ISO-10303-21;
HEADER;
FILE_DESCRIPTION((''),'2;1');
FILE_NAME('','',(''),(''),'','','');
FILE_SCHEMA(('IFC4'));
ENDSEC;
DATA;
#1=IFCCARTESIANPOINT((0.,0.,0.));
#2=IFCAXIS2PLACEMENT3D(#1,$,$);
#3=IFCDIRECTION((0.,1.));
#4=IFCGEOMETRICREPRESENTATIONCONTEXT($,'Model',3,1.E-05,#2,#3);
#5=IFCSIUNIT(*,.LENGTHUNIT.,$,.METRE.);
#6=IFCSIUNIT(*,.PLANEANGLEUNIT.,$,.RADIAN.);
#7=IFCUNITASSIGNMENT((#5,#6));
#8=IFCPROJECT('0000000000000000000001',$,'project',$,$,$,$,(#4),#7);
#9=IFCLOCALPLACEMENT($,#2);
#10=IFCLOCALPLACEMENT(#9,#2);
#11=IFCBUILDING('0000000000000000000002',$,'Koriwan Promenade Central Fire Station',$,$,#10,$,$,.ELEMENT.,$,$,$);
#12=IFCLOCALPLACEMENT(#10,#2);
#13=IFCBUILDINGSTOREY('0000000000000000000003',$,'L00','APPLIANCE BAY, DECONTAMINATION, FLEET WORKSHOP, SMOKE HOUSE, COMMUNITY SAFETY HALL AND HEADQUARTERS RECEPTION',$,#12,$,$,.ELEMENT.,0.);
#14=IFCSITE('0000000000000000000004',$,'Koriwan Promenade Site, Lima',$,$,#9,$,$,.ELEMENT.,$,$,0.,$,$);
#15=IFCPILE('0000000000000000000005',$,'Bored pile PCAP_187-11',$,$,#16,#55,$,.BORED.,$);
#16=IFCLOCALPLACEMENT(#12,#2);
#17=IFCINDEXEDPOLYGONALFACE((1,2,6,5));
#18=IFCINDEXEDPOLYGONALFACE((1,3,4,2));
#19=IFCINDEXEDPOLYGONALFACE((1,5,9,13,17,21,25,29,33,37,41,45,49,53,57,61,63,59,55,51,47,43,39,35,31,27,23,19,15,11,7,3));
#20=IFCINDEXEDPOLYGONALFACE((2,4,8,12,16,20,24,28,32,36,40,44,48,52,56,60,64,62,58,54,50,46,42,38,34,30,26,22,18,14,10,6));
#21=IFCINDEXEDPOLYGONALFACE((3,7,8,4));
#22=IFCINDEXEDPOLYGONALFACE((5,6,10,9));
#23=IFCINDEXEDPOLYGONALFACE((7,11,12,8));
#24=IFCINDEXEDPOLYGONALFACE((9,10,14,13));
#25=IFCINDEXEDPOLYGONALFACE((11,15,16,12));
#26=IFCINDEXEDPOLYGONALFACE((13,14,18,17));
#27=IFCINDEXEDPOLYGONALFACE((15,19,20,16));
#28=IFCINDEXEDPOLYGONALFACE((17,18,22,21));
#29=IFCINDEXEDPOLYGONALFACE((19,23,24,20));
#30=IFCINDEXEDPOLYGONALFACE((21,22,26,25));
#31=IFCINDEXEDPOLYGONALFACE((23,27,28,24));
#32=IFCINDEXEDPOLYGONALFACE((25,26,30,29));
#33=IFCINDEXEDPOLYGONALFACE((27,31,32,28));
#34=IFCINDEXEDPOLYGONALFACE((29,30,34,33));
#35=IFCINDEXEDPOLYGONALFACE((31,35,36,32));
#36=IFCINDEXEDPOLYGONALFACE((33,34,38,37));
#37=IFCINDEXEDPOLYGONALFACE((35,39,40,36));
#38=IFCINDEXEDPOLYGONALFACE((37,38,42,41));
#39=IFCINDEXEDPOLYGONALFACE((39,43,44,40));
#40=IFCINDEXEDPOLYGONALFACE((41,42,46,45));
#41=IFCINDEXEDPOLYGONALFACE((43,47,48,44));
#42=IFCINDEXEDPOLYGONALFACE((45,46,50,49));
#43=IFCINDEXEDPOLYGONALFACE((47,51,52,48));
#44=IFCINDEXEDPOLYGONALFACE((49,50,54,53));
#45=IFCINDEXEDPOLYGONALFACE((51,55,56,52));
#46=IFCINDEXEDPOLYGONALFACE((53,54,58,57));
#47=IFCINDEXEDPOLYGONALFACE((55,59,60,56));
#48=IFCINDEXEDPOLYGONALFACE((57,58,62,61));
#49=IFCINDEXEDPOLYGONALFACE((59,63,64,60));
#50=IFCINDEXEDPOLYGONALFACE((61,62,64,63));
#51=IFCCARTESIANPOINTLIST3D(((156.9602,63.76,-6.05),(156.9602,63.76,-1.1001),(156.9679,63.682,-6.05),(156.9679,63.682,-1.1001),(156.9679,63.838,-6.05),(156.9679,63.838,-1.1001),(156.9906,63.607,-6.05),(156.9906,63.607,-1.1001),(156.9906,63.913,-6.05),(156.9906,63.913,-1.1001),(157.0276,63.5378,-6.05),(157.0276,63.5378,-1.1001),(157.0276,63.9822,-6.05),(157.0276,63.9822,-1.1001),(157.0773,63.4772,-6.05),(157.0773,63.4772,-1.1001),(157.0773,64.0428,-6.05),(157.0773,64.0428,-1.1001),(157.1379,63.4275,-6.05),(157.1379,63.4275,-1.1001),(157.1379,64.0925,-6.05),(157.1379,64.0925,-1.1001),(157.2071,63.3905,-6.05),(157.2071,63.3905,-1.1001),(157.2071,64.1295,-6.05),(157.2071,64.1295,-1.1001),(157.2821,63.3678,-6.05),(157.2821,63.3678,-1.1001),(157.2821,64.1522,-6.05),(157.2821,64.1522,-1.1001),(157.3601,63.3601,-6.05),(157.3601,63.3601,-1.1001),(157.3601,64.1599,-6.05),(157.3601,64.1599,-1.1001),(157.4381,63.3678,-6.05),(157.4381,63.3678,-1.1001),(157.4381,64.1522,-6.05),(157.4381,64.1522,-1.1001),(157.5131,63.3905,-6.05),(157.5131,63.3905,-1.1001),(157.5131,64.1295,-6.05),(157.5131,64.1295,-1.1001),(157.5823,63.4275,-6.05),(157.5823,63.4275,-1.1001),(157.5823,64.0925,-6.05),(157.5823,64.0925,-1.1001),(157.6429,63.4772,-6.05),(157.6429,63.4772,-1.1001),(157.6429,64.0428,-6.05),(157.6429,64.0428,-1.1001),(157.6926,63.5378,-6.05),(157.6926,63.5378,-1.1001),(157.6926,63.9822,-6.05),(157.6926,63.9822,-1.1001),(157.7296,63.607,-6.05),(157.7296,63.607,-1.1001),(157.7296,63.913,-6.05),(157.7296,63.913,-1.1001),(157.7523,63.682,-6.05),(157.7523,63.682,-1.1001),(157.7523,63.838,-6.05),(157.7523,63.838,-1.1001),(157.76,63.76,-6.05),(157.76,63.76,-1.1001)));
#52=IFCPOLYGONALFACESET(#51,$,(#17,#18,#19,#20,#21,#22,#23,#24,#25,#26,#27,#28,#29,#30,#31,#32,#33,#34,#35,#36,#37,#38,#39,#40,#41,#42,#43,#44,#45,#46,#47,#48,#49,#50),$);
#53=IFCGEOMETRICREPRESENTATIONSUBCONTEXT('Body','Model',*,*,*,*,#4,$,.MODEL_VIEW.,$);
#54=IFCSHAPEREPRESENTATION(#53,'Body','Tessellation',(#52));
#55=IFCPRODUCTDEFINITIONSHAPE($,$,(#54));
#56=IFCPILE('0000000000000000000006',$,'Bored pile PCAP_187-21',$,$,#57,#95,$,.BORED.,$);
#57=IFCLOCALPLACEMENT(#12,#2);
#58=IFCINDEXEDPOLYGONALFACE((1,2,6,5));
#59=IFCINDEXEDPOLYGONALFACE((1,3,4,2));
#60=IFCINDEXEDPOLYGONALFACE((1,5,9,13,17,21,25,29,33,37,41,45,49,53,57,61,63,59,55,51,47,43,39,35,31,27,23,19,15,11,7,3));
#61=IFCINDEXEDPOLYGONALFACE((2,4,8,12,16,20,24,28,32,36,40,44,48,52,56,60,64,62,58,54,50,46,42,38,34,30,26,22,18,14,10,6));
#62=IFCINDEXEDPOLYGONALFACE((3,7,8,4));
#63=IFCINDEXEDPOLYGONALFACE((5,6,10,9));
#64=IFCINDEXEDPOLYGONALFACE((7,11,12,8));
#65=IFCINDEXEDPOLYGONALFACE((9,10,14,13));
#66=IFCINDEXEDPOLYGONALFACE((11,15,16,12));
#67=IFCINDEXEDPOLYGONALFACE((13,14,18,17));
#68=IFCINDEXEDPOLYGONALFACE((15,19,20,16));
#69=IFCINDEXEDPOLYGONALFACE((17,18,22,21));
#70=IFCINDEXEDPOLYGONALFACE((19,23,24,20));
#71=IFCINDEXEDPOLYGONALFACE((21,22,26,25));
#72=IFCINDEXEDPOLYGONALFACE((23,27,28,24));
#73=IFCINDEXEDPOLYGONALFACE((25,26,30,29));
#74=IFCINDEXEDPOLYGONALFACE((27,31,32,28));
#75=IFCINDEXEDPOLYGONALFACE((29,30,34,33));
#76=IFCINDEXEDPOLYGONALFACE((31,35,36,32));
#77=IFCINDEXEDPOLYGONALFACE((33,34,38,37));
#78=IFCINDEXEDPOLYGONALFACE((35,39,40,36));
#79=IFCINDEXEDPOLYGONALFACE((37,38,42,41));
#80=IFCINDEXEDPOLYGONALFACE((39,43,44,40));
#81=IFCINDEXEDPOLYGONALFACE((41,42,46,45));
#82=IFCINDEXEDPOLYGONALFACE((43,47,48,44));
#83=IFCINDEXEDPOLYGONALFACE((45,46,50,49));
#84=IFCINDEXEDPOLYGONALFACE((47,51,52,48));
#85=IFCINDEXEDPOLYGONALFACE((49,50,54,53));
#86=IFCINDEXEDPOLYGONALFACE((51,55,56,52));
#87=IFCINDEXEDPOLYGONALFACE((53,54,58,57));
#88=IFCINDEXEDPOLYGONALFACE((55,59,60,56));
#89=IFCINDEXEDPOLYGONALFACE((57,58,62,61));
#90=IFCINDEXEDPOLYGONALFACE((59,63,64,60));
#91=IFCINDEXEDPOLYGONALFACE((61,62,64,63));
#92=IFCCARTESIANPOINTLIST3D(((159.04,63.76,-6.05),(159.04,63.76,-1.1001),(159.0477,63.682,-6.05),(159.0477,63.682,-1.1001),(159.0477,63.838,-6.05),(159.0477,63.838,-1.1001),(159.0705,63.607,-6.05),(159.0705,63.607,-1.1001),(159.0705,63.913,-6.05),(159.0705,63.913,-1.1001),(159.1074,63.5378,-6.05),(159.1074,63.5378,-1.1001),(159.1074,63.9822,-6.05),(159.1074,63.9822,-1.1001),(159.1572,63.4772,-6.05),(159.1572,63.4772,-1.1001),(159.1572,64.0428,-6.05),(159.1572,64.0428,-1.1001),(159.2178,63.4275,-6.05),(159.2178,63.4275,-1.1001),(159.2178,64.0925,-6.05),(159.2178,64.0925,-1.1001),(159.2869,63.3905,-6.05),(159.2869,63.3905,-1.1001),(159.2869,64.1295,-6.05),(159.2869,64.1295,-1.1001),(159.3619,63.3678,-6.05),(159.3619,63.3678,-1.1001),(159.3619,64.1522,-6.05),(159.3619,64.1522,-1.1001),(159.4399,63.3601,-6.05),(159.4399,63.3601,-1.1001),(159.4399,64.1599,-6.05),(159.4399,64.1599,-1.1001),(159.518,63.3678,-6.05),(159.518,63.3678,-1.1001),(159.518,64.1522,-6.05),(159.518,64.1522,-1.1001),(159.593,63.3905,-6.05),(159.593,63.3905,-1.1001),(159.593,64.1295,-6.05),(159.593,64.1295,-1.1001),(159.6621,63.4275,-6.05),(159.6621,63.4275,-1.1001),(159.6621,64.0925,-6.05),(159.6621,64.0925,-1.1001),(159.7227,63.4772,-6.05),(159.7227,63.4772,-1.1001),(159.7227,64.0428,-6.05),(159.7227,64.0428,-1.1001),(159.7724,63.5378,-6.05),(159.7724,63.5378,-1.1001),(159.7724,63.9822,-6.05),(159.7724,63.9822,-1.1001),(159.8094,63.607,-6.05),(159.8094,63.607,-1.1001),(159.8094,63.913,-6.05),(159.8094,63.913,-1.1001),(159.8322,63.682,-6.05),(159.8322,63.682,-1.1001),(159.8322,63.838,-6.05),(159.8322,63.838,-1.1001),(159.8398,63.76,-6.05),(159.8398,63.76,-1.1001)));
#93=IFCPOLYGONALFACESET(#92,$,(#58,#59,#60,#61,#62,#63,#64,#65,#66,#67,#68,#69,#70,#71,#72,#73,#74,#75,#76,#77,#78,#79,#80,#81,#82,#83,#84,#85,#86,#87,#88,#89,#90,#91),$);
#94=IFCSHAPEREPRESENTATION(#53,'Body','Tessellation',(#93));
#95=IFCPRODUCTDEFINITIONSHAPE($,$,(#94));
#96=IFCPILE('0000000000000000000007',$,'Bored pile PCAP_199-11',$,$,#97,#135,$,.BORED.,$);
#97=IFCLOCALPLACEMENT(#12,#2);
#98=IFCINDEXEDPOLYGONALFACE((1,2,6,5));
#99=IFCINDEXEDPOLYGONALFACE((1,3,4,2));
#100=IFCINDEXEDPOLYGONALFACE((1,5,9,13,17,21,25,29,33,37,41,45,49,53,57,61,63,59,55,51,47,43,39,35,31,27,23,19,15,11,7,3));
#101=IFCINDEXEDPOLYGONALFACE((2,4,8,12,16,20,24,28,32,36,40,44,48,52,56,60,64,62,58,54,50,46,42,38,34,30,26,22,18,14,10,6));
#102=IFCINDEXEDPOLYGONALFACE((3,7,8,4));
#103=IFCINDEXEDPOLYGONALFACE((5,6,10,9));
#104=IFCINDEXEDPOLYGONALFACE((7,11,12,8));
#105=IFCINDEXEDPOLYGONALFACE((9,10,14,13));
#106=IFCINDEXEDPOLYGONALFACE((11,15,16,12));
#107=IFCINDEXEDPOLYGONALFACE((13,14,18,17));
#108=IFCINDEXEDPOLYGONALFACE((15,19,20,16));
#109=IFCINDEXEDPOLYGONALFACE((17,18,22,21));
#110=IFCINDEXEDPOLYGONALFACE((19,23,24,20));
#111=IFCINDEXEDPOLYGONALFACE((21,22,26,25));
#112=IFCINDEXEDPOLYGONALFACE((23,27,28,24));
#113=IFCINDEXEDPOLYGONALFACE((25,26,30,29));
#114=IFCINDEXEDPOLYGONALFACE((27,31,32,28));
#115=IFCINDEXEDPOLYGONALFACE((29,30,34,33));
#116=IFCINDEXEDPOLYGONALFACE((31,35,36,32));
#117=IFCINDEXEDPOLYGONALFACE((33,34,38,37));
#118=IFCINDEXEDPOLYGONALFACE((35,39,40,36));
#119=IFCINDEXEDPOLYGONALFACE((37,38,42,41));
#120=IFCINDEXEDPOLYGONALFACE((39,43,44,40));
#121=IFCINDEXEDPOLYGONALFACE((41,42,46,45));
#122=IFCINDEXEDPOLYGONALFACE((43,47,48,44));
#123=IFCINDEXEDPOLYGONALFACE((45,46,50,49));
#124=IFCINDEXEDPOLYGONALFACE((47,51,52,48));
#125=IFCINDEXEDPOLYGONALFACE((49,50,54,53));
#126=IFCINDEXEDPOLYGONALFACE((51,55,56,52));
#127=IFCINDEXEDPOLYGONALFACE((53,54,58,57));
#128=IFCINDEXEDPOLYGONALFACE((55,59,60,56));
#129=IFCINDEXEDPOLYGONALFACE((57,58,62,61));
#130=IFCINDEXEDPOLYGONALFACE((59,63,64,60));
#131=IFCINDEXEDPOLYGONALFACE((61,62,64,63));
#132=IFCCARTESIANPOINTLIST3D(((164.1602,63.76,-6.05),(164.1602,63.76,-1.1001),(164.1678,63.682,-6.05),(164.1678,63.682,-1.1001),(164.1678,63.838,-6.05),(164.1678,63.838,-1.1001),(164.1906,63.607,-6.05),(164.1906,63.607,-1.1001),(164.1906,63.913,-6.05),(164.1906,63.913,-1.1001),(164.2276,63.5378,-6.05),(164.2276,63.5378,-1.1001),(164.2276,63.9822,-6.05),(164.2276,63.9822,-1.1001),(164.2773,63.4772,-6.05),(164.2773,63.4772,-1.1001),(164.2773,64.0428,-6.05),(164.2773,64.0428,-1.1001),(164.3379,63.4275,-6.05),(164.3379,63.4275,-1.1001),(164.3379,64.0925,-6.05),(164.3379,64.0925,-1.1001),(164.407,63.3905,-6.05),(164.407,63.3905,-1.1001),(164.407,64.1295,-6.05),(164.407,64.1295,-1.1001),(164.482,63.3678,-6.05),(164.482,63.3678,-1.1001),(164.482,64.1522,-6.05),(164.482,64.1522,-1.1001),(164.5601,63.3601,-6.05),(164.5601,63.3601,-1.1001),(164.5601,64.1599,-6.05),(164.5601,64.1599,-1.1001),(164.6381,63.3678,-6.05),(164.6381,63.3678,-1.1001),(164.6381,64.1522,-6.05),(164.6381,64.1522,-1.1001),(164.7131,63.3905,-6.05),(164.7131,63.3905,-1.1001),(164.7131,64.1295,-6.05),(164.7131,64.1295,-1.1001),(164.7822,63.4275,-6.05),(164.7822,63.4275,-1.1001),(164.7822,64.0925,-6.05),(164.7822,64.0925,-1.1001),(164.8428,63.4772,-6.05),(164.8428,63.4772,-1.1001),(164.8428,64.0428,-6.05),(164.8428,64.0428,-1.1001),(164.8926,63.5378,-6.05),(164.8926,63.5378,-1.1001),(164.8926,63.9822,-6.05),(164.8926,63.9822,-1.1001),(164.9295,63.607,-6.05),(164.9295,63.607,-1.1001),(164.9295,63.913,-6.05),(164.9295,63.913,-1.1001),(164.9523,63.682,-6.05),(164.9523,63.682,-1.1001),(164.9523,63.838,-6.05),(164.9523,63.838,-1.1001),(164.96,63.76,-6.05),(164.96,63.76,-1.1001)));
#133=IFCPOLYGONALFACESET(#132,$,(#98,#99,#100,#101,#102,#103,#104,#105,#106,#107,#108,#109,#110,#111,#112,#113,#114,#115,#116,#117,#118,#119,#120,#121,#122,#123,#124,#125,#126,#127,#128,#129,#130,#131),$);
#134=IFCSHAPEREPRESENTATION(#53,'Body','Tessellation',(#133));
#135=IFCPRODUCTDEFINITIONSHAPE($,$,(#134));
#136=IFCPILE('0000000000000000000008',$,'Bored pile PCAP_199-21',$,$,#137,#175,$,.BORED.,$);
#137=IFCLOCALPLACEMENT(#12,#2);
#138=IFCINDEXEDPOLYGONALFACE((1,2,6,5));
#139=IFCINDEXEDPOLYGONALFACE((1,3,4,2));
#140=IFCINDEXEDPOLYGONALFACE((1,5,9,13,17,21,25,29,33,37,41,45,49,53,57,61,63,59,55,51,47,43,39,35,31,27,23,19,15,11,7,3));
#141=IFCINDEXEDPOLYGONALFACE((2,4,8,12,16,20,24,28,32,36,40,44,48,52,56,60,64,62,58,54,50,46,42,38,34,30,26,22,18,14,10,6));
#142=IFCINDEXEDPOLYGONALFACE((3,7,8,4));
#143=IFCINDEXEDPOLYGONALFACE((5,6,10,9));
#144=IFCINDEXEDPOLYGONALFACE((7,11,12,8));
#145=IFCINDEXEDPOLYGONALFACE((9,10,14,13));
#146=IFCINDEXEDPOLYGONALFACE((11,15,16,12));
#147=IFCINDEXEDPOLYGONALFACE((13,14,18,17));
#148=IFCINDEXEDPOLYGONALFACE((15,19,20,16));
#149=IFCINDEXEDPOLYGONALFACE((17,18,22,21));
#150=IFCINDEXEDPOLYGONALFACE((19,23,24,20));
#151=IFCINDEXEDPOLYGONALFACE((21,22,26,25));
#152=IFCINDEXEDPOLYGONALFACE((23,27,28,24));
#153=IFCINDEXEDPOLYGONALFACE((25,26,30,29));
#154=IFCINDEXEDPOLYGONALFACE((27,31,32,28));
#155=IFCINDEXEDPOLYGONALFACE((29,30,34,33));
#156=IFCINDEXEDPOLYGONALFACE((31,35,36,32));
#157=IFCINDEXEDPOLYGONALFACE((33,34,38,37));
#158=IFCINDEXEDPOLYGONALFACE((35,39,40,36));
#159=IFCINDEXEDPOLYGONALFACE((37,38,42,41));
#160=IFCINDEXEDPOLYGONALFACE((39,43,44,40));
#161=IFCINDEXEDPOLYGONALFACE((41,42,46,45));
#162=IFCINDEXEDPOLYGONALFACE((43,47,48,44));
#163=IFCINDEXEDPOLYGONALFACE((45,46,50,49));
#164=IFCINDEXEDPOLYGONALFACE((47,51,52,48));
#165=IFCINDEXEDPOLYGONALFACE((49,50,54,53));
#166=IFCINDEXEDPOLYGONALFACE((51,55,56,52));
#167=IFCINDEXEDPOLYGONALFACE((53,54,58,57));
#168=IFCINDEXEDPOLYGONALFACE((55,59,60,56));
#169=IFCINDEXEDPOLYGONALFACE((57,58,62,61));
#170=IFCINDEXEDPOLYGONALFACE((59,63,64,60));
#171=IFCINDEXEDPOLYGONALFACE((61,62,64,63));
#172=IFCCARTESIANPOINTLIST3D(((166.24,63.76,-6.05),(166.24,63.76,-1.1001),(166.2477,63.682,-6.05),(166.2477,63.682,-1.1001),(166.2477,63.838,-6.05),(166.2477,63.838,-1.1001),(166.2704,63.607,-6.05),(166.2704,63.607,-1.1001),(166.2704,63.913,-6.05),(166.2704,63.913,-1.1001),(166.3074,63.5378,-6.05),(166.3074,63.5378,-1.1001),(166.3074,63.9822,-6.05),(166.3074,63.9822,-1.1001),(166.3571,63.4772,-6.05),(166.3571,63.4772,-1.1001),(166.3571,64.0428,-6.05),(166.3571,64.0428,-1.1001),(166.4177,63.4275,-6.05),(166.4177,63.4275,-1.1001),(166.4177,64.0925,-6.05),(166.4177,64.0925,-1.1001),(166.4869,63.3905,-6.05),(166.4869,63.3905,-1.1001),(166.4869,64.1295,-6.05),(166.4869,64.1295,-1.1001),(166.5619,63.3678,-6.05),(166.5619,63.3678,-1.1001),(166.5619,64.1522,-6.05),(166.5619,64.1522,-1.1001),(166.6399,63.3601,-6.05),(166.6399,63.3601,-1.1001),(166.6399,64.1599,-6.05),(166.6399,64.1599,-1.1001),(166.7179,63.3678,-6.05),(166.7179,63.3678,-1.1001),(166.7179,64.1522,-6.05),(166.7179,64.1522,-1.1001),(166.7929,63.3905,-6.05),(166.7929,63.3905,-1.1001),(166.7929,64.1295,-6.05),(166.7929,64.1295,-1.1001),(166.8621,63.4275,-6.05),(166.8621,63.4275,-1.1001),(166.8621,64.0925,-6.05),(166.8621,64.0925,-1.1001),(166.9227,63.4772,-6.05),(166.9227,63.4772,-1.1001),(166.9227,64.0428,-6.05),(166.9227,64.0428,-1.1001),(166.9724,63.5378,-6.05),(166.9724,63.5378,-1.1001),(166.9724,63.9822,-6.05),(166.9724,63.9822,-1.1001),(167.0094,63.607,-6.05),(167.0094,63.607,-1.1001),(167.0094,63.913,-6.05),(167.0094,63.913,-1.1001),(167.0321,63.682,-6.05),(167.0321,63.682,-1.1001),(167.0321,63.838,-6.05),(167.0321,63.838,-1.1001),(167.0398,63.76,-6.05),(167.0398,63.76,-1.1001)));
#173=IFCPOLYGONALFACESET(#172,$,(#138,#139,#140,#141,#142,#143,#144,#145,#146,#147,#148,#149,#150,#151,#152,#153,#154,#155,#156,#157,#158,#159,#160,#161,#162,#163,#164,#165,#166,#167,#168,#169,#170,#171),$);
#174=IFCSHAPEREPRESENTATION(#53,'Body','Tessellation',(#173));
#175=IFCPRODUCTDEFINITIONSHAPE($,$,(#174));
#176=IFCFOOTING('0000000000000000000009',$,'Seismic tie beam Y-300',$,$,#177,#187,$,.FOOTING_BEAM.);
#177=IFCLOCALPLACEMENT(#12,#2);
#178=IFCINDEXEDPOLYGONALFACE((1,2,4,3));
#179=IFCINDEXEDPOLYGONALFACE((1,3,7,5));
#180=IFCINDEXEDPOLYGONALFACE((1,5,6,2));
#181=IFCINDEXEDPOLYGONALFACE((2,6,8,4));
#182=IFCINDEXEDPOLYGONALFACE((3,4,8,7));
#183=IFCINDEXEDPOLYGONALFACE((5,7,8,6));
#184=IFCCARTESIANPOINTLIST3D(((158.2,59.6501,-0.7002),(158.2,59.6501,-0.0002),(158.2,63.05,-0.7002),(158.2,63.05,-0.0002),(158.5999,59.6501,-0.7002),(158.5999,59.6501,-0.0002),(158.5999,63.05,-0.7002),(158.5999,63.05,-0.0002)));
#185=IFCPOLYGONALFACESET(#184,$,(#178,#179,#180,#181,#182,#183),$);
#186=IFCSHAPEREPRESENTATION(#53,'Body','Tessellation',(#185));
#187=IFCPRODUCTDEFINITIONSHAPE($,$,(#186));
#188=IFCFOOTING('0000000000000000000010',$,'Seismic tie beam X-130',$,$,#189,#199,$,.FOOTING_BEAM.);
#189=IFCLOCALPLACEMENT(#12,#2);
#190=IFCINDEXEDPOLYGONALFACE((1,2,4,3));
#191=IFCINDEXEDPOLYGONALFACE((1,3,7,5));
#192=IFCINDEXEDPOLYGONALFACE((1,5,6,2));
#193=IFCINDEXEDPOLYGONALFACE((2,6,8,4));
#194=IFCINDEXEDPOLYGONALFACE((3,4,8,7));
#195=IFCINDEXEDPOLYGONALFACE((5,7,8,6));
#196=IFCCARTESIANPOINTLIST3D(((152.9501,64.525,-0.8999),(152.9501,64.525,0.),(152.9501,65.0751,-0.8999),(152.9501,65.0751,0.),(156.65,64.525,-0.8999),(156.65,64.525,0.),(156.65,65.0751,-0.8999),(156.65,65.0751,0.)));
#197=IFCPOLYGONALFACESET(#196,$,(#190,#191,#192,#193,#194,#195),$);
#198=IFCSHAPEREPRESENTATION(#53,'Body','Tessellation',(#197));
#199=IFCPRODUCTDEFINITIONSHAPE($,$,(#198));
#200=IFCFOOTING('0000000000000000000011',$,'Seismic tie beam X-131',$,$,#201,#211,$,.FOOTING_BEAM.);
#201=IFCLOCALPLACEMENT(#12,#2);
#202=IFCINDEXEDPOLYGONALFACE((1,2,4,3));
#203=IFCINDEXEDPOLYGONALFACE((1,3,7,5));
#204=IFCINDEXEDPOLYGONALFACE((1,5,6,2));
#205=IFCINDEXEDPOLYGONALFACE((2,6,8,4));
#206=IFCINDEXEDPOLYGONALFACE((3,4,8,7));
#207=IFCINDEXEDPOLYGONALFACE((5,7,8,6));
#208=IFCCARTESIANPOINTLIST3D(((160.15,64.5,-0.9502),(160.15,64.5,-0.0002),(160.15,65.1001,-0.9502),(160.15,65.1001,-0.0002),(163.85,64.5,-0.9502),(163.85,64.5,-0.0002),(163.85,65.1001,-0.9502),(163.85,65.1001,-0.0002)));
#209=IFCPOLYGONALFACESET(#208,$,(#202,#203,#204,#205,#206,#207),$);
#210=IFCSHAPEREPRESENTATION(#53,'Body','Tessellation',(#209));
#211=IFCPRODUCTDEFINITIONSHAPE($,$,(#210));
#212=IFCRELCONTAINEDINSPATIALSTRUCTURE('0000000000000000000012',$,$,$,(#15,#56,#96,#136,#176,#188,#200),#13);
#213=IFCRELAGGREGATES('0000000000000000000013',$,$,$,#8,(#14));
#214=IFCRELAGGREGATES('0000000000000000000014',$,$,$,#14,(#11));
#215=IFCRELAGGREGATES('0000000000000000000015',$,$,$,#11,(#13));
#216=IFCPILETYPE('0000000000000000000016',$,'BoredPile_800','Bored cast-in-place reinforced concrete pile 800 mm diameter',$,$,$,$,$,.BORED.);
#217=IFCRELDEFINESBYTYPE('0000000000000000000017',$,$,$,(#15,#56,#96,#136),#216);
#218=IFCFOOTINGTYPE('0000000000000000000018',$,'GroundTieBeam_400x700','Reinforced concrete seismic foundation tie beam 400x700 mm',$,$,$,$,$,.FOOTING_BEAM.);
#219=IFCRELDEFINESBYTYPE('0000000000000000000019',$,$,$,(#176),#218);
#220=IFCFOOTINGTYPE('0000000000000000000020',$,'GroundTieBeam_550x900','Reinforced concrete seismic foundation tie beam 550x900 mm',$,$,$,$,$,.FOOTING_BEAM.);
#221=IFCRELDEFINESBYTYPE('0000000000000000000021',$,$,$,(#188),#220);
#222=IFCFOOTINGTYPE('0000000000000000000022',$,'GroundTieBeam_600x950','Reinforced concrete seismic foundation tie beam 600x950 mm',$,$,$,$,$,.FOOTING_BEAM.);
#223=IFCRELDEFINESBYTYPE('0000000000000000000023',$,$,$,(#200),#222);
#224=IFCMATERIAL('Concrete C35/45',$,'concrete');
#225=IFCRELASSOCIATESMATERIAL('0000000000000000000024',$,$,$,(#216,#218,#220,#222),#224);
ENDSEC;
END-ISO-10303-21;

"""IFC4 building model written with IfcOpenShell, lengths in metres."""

from ifc_helpers import new_model, si_unit, direction, frame, origin, origin_2d, place, context, subcontext, project, spatial, rectangle, circle, extrude, material, material_profile, profile_set, type_object, element, save


model = new_model("IFC4")

# Units and contexts
model_context = context("Model", 3, precision=1e-05, world=origin(), true_north=direction((0.0, 1.0)))
body_context = subcontext(model_context, "Body", "Model", "MODEL_VIEW")
ifc_project = project(units=[si_unit("LENGTHUNIT", "METRE"), si_unit("PLANEANGLEUNIT", "RADIAN")], contexts=[model_context])

# Site, building, storey
site_placement = place(None, origin())
site = spatial("IfcSite", under=ifc_project, at=site_placement, Name="Koriwan Promenade Site, Lima", CompositionType="ELEMENT", RefElevation=0.0)
building_placement = place(site_placement, origin())
building = spatial("IfcBuilding", under=site, at=building_placement, Name="Koriwan Promenade Central Fire Station", CompositionType="ELEMENT")
storey_placement = place(building_placement, origin())
storey = spatial("IfcBuildingStorey", under=building, at=storey_placement, Name="L00", Description="APPLIANCE BAY, DECONTAMINATION, FLEET WORKSHOP, SMOKE HOUSE, COMMUNITY SAFETY HALL AND HEADQUARTERS RECEPTION", CompositionType="ELEMENT", Elevation=0.0)

# Piles
ifc_material_1 = material(Name="Concrete C35/45", Category="concrete")
ifc_material_profile_1 = material_profile(ifc_material_1, circle(Radius=0.3999, at=origin_2d()), Name="PILE-D800")
ifc_profile_set_1 = profile_set([ifc_material_profile_1], Name="Concrete C35/45")
pile_type_1 = type_object("IfcPileType", Name="BoredPile_800", Description="Bored cast-in-place reinforced concrete pile 800 mm diameter", PredefinedType="BORED", material=ifc_profile_set_1)
for number, where, z_axis, x_axis, name in (
    (1, (157.3601, 63.76, -1.1001), (0.0, 0.0, -1.0), (1.0, 0.0, 0.0), "Bored pile PCAP_187-11"),
    (2, (159.4399, 63.76, -1.1001), (0.0, 0.0, -1.0), (1.0, 0.0, 0.0), "Bored pile PCAP_187-21"),
    (3, (164.5601, 63.76, -1.1001), (0.0, 0.0, -1.0), (1.0, 0.0, 0.0), "Bored pile PCAP_199-11"),
    (4, (166.6399, 63.76, -1.1001), (0.0, 0.0, -1.0), (1.0, 0.0, 0.0), "Bored pile PCAP_199-21"),
):
    element("IfcPile", number, at=place(storey_placement, frame(where, z_axis=z_axis, x_axis=x_axis)), inside=storey, type_object=pile_type_1, Name=name, PredefinedType="BORED", context=body_context, shape_type="SweptSolid", body=[
        extrude(circle(Radius=0.3999, at=origin_2d()), origin(), (0.0, 0.0, 1.0), 4.95),
    ])

# Footings
footing_type_1 = type_object("IfcFootingType", Name="GroundTieBeam_400x700", Description="Reinforced concrete seismic foundation tie beam 400x700 mm", PredefinedType="FOOTING_BEAM", material=ifc_material_1)
footing_1_placement = place(storey_placement, frame((158.3999, 61.3501, -0.7002), z_axis=(0.0, 0.0, 1.0), x_axis=(0.0, 1.0, 0.0)))
element("IfcFooting", 5, at=footing_1_placement, inside=storey, type_object=footing_type_1, Name="Seismic tie beam Y-300", PredefinedType="FOOTING_BEAM", context=body_context, shape_type="SweptSolid", body=[
    extrude(rectangle(XDim=3.3999, YDim=0.3999, at=origin_2d()), origin(), (0.0, 0.0, 1.0), 0.7),
])
footing_type_2 = type_object("IfcFootingType", Name="GroundTieBeam_550x900", Description="Reinforced concrete seismic foundation tie beam 550x900 mm", PredefinedType="FOOTING_BEAM", material=ifc_material_1)
footing_2_placement = place(storey_placement, frame((154.8, 64.8, -0.8999), z_axis=(0.0, 0.0, 1.0), x_axis=(1.0, 0.0, 0.0)))
element("IfcFooting", 6, at=footing_2_placement, inside=storey, type_object=footing_type_2, Name="Seismic tie beam X-130", PredefinedType="FOOTING_BEAM", context=body_context, shape_type="SweptSolid", body=[
    extrude(rectangle(XDim=3.7, YDim=0.55, at=origin_2d()), origin(), (0.0, 0.0, 1.0), 0.8999),
])
footing_type_3 = type_object("IfcFootingType", Name="GroundTieBeam_600x950", Description="Reinforced concrete seismic foundation tie beam 600x950 mm", PredefinedType="FOOTING_BEAM", material=ifc_material_1)
footing_3_placement = place(storey_placement, frame((162.0, 64.8, -0.9502), z_axis=(0.0, 0.0, 1.0), x_axis=(1.0, 0.0, 0.0)))
element("IfcFooting", 7, at=footing_3_placement, inside=storey, type_object=footing_type_3, Name="Seismic tie beam X-131", PredefinedType="FOOTING_BEAM", context=body_context, shape_type="SweptSolid", body=[
    extrude(rectangle(XDim=3.7, YDim=0.6001, at=origin_2d()), origin(), (0.0, 0.0, 1.0), 0.95),
])

save(model, "model.ifc")
